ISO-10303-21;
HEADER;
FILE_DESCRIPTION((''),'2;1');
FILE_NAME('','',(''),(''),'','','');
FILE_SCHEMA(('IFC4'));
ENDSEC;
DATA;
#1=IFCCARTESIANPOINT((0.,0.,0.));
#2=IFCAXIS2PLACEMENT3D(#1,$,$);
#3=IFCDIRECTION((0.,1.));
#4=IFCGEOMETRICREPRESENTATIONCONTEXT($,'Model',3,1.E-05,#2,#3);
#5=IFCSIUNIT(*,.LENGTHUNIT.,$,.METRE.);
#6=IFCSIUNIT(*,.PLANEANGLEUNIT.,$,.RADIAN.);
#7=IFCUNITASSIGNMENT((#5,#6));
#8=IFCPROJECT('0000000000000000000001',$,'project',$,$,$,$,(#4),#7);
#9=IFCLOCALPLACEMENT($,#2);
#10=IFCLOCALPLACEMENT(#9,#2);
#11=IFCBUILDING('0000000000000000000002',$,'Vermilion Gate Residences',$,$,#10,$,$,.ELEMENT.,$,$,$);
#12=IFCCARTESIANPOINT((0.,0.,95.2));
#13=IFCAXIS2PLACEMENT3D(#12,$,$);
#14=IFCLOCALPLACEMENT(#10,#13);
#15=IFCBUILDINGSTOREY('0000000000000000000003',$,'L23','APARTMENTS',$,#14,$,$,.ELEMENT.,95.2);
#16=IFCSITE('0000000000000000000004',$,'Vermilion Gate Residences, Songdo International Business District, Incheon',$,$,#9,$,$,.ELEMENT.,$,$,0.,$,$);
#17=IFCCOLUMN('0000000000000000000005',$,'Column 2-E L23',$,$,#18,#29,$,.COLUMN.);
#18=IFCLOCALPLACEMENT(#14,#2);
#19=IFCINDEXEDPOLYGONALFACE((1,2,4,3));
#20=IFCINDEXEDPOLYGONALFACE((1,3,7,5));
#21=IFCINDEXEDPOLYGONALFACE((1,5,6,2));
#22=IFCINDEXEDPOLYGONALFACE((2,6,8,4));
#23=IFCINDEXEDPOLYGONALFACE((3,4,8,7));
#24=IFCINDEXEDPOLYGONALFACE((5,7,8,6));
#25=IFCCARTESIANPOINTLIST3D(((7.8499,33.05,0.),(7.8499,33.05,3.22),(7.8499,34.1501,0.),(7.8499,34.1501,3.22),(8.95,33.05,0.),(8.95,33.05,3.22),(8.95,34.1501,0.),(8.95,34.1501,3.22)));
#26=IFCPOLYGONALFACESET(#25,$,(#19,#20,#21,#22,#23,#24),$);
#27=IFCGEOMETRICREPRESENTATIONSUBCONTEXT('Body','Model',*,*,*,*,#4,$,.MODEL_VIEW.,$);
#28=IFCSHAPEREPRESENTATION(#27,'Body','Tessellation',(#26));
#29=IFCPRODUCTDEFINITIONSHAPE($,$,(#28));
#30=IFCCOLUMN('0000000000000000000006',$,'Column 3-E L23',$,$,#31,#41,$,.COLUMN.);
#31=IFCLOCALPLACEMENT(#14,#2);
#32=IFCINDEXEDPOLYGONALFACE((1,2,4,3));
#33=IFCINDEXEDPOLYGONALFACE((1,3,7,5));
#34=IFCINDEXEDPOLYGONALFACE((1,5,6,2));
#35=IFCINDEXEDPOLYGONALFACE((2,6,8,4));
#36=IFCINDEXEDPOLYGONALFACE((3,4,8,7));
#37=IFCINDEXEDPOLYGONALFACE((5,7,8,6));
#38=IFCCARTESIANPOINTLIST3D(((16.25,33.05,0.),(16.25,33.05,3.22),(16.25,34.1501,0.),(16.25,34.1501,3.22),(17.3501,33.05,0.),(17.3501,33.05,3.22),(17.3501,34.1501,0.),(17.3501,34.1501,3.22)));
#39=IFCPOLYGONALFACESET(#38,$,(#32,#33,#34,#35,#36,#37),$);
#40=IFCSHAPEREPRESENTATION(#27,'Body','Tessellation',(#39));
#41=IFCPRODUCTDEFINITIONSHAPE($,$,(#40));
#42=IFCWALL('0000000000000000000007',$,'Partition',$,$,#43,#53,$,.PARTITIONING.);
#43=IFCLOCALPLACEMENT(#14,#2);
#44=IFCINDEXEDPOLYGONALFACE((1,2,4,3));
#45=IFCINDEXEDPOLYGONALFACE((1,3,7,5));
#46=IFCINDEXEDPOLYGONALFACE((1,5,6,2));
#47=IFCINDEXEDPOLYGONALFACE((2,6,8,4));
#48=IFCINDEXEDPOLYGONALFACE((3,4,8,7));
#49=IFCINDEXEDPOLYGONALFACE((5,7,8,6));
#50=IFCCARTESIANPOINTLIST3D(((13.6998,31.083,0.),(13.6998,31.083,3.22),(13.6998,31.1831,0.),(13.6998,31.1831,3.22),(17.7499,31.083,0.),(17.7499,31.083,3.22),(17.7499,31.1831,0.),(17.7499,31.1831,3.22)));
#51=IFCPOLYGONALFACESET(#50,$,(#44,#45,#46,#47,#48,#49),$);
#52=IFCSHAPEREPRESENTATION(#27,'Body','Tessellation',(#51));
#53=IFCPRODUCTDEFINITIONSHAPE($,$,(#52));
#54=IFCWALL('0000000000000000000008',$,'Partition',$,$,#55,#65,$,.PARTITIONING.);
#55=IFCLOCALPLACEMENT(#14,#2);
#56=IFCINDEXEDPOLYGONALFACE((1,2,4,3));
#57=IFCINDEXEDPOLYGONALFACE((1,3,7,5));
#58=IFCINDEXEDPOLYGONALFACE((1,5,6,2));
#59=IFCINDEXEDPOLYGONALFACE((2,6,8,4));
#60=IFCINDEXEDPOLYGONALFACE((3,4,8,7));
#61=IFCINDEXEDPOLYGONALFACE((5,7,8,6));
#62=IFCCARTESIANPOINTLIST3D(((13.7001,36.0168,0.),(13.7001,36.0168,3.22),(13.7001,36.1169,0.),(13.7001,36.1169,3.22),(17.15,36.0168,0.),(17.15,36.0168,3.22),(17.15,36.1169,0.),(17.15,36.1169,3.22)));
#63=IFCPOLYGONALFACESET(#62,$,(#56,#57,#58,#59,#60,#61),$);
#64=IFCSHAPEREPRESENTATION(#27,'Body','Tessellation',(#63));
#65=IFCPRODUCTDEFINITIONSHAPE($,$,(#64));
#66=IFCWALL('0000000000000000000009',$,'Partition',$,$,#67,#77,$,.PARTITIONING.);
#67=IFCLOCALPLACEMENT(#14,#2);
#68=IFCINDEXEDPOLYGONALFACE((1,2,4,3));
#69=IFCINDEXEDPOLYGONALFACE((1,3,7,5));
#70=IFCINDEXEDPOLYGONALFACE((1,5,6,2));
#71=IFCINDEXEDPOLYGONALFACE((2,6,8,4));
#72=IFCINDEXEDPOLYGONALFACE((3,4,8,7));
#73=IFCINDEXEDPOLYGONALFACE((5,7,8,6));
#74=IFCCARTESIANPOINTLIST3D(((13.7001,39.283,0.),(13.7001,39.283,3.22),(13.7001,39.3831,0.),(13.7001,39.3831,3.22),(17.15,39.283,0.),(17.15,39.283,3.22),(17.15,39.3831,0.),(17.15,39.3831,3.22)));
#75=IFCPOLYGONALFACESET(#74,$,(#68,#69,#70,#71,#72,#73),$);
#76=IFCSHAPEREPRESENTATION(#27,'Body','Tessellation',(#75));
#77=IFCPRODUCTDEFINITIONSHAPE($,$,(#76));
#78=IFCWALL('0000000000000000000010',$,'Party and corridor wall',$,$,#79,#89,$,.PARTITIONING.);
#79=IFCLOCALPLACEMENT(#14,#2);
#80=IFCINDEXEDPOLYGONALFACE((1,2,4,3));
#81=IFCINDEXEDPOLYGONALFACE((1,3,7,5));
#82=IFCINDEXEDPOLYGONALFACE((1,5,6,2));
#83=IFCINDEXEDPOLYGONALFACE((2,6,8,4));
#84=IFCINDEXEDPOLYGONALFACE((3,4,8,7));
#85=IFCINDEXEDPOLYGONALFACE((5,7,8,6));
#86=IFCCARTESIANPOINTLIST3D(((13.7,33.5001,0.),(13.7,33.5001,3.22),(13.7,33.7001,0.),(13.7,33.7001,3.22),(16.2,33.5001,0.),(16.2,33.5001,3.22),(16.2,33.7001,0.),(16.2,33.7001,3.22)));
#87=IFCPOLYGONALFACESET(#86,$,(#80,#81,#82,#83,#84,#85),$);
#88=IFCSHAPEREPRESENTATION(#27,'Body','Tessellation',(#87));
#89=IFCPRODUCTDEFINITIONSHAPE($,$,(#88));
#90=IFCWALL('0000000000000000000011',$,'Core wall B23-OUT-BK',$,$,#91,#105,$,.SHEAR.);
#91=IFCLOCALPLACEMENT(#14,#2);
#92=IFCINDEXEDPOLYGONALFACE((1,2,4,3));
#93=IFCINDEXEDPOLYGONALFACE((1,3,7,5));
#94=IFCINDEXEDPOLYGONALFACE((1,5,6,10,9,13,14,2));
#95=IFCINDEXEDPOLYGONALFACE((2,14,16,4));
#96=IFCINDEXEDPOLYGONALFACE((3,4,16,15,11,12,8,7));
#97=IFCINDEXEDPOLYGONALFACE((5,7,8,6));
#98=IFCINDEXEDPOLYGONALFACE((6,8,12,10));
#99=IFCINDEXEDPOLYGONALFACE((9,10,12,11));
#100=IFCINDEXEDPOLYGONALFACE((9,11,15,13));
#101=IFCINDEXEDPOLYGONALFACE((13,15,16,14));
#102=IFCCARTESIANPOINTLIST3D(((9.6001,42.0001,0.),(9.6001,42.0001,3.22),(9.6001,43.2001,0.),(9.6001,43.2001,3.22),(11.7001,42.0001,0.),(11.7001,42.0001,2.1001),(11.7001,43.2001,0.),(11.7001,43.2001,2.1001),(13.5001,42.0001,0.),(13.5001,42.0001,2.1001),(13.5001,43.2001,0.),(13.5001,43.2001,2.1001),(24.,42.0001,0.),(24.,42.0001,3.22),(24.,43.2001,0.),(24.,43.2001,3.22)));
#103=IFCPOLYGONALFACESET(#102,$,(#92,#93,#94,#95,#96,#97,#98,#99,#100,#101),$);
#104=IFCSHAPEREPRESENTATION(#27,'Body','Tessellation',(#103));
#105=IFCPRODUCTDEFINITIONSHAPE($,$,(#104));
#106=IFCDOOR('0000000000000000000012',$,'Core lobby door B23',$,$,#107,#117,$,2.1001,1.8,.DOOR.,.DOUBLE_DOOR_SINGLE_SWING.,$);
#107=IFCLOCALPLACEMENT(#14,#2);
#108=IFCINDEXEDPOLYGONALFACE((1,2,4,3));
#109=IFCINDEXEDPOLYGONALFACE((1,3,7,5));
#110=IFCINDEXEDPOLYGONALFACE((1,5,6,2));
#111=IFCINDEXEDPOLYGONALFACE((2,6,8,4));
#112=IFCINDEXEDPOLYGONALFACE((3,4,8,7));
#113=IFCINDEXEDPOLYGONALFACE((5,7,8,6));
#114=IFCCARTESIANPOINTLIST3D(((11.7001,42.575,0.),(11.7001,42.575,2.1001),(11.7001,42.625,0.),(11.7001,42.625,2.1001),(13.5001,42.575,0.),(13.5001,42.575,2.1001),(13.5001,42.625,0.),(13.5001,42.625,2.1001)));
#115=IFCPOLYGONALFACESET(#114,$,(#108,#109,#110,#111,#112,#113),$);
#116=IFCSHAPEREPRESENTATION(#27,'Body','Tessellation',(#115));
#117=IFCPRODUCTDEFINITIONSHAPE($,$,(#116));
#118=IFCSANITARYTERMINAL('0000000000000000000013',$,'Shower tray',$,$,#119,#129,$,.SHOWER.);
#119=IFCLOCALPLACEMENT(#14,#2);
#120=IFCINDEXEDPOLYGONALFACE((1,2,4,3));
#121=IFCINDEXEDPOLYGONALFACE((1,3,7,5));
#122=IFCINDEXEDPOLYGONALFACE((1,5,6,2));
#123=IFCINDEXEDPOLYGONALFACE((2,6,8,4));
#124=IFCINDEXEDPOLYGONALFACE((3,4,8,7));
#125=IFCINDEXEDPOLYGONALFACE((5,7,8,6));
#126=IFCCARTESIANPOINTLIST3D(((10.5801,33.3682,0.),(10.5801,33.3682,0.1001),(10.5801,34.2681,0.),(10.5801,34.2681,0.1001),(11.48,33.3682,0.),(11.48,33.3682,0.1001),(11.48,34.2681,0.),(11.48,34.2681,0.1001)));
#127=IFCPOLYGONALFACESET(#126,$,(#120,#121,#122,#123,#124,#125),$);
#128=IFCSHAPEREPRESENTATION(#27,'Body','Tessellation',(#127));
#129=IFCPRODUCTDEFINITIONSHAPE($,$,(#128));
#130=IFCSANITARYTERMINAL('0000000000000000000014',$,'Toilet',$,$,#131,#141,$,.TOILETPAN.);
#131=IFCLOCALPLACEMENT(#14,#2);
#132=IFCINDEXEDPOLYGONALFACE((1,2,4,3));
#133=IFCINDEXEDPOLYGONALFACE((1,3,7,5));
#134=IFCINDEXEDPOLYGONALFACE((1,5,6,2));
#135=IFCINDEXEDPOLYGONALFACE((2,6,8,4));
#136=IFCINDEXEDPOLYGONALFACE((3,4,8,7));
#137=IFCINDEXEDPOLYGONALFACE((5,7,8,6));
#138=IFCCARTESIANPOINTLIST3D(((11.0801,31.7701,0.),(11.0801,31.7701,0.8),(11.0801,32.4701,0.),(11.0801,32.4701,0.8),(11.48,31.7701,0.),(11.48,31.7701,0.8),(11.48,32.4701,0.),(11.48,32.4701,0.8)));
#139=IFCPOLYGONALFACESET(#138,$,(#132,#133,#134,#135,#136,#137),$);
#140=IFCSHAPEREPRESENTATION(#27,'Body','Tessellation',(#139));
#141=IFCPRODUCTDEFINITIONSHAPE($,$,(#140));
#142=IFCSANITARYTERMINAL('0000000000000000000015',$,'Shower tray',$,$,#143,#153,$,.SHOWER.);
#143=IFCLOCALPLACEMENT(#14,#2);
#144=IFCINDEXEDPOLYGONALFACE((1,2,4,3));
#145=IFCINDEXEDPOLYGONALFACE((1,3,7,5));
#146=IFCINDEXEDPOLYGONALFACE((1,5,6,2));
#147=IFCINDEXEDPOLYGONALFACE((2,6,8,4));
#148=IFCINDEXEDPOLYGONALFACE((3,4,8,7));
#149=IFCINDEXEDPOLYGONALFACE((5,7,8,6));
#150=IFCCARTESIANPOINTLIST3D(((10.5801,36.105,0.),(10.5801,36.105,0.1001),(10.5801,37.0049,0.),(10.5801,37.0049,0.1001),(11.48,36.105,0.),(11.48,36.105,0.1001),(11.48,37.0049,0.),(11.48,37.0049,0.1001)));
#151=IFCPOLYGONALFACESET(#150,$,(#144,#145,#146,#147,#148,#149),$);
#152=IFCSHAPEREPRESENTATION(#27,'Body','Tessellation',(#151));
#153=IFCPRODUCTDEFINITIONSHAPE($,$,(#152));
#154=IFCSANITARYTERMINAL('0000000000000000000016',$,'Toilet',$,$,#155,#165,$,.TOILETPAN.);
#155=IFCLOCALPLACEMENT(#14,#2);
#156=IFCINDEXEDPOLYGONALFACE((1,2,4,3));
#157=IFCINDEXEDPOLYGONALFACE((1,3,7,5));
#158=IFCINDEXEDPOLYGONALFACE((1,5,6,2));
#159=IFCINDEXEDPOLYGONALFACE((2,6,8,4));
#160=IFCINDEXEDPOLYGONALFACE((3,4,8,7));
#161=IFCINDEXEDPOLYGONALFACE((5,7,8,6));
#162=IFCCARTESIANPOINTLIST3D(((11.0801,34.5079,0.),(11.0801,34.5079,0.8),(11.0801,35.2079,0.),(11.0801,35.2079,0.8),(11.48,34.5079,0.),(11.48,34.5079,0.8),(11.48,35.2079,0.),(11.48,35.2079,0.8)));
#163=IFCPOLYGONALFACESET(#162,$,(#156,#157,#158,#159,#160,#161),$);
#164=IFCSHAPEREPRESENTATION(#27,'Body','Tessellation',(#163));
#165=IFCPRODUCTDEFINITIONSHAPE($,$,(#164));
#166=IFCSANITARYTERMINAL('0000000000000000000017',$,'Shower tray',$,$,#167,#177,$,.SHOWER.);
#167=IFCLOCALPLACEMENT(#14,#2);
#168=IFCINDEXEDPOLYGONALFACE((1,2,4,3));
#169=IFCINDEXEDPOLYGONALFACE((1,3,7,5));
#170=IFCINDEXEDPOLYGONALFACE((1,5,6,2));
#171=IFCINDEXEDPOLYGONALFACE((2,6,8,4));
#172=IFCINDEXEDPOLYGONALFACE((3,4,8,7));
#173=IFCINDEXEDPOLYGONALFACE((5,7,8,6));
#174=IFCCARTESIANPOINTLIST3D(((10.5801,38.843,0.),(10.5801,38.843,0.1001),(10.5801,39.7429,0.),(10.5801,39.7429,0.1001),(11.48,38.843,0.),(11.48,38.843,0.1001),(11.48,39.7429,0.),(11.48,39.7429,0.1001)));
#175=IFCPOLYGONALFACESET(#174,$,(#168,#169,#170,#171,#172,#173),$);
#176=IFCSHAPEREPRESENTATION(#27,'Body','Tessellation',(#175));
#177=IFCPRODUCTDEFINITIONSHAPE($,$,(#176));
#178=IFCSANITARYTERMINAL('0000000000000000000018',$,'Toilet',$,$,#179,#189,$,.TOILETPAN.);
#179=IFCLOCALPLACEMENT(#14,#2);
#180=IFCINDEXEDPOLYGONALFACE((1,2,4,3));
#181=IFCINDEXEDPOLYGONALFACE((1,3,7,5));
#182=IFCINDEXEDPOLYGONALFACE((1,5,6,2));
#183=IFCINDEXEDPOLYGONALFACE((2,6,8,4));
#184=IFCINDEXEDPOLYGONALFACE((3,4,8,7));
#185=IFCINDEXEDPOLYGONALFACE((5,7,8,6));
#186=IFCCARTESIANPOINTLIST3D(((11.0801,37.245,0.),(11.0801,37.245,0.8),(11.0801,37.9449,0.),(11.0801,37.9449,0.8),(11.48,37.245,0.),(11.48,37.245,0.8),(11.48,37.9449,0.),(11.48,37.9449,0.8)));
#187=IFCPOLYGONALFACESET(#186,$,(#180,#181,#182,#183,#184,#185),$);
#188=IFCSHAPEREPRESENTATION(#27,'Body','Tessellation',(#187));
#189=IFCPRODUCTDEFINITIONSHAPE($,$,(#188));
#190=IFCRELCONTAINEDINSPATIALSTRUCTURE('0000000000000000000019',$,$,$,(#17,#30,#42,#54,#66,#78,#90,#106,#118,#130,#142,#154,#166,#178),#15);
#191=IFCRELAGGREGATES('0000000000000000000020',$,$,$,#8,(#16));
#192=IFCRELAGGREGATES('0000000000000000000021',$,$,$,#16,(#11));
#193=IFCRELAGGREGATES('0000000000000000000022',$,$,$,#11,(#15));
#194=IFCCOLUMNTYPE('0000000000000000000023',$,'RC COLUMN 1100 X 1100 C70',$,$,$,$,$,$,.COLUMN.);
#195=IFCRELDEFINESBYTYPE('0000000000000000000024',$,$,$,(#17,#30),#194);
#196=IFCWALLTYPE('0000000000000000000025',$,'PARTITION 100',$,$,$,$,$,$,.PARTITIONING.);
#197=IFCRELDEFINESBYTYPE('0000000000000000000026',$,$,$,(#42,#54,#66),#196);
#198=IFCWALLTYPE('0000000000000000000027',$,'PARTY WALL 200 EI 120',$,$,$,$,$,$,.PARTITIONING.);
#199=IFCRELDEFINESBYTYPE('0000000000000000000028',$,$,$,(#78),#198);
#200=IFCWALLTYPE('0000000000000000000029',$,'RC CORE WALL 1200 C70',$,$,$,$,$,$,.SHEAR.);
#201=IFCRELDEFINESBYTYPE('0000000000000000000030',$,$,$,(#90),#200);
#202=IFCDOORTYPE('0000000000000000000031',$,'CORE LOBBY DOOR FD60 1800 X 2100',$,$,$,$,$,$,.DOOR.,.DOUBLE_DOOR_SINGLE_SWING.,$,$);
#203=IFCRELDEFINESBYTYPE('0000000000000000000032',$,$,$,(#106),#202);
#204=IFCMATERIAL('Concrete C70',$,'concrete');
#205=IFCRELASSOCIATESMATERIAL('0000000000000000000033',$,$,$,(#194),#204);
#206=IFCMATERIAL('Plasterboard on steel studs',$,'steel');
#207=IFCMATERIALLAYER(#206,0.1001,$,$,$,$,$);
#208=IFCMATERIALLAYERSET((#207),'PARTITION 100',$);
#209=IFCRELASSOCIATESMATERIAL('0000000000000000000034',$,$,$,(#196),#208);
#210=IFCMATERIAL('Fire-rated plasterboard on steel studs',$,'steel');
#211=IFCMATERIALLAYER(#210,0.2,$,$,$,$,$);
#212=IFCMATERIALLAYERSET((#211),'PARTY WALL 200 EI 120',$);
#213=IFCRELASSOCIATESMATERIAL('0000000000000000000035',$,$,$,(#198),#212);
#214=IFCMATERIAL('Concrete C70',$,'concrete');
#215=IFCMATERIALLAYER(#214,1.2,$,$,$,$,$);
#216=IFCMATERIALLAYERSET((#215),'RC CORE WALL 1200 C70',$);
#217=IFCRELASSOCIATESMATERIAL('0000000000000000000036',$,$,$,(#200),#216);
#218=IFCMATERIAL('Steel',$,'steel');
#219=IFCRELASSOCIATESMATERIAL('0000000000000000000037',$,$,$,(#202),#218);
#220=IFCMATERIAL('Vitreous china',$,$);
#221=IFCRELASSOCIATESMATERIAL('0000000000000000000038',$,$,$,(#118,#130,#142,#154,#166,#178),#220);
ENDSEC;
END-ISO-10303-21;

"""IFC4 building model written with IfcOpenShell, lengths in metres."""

from ifc_helpers import new_model, si_unit, direction, frame, frame_2d, origin, origin_2d, place, context, subcontext, project, spatial, rectangle, extrude, material, layer, layer_set, material_profile, profile_set, type_object, element, fill, save


model = new_model("IFC4")

# Units and contexts
model_context = context("Model", 3, precision=1e-05, world=origin(), true_north=direction((0.0, 1.0)))
body_context = subcontext(model_context, "Body", "Model", "MODEL_VIEW")
ifc_project = project(units=[si_unit("LENGTHUNIT", "METRE"), si_unit("PLANEANGLEUNIT", "RADIAN")], contexts=[model_context])

# Site, building, storey
site_placement = place(None, origin())
site = spatial("IfcSite", under=ifc_project, at=site_placement, Name="Vermilion Gate Residences, Songdo International Business District, Incheon", CompositionType="ELEMENT", RefElevation=0.0)
building_placement = place(site_placement, origin())
building = spatial("IfcBuilding", under=site, at=building_placement, Name="Vermilion Gate Residences", CompositionType="ELEMENT")
storey_placement = place(building_placement, frame((0.0, 0.0, 95.2)))
storey = spatial("IfcBuildingStorey", under=building, at=storey_placement, Name="L23", Description="APARTMENTS", CompositionType="ELEMENT", Elevation=95.2)

# Columns
ifc_material_1 = material(Name="Concrete C70", Category="concrete")
ifc_material_profile = material_profile(ifc_material_1, rectangle(XDim=1.1001, YDim=1.1001, at=origin_2d()), Name="RC-1100x1100")
ifc_profile_set = profile_set([ifc_material_profile], Name="Concrete C70")
column_type = type_object("IfcColumnType", Name="RC COLUMN 1100 X 1100 C70", PredefinedType="COLUMN", material=ifc_profile_set)
for number, where, z_axis, x_axis, name in (
    (1, (8.3999, 33.6001, 0.0), (0.0, 0.0, 1.0), (1.0, 0.0, 0.0), "Column 2-E L23"),
    (2, (16.8, 33.6001, 0.0), (0.0, 0.0, 1.0), (1.0, 0.0, 0.0), "Column 3-E L23"),
):
    element("IfcColumn", number, at=place(storey_placement, frame(where, z_axis=z_axis, x_axis=x_axis)), inside=storey, type_object=column_type, Name=name, PredefinedType="COLUMN", context=body_context, shape_type="SweptSolid", body=[
        extrude(rectangle(XDim=1.1001, YDim=1.1001, at=origin_2d()), origin(), (0.0, 0.0, 1.0), 3.22),
    ])

# Walls
ifc_material_2 = material(Name="Plasterboard on steel studs", Category="steel")
ifc_layer_1 = layer(ifc_material_2, 0.1001)
ifc_layer_set_1 = layer_set([ifc_layer_1], Name="PARTITION 100")
wall_type_1 = type_object("IfcWallType", Name="PARTITION 100", PredefinedType="PARTITIONING", material=ifc_layer_set_1)
wall_1_placement = place(storey_placement, frame((13.7, 31.1331, 0.0), z_axis=(0.0, 0.0, 1.0), x_axis=(1.0, 0.0, 0.0)))
element("IfcWall", 3, at=wall_1_placement, inside=storey, type_object=wall_type_1, Name="Partition", PredefinedType="PARTITIONING", context=body_context, shape_type="SweptSolid", body=[
    extrude(rectangle(XDim=4.05, YDim=0.1001, at=frame_2d((2.0249, 0.0))), origin(), (0.0, 0.0, 1.0), 3.22),
])
for number, where, z_axis, x_axis, name in (
    (4, (13.7, 36.0669, 0.0), (0.0, 0.0, 1.0), (1.0, 0.0, 0.0), "Partition"),
    (5, (13.7, 39.333, 0.0), (0.0, 0.0, 1.0), (1.0, 0.0, 0.0), "Partition"),
):
    element("IfcWall", number, at=place(storey_placement, frame(where, z_axis=z_axis, x_axis=x_axis)), inside=storey, type_object=wall_type_1, Name=name, PredefinedType="PARTITIONING", context=body_context, shape_type="SweptSolid", body=[
        extrude(rectangle(XDim=3.45, YDim=0.1001, at=frame_2d((1.7251, 0.0))), origin(), (0.0, 0.0, 1.0), 3.22),
    ])
ifc_material_3 = material(Name="Fire-rated plasterboard on steel studs", Category="steel")
ifc_layer_2 = layer(ifc_material_3, 0.2)
ifc_layer_set_2 = layer_set([ifc_layer_2], Name="PARTY WALL 200 EI 120")
wall_type_2 = type_object("IfcWallType", Name="PARTY WALL 200 EI 120", PredefinedType="PARTITIONING", material=ifc_layer_set_2)
wall_2_placement = place(storey_placement, frame((13.7, 33.6001, 0.0), z_axis=(0.0, 0.0, 1.0), x_axis=(1.0, 0.0, 0.0)))
element("IfcWall", 6, at=wall_2_placement, inside=storey, type_object=wall_type_2, Name="Party and corridor wall", PredefinedType="PARTITIONING", context=body_context, shape_type="SweptSolid", body=[
    extrude(rectangle(XDim=2.5, YDim=0.2, at=frame_2d((1.25, 0.0))), origin(), (0.0, 0.0, 1.0), 3.22),
])

# Wall, opening, door
ifc_material_4 = material(Name="Concrete C70", Category="concrete")
ifc_layer_3 = layer(ifc_material_4, 1.2)
ifc_layer_set_3 = layer_set([ifc_layer_3], Name="RC CORE WALL 1200 C70")
wall_type_3 = type_object("IfcWallType", Name="RC CORE WALL 1200 C70", PredefinedType="SHEAR", material=ifc_layer_set_3)
wall_3_placement = place(storey_placement, frame((9.6001, 42.6001, 0.0), z_axis=(0.0, 0.0, 1.0), x_axis=(1.0, 0.0, 0.0)))
wall_3 = element("IfcWall", 7, at=wall_3_placement, inside=storey, type_object=wall_type_3, Name="Core wall B23-OUT-BK", PredefinedType="SHEAR", context=body_context, shape_type="SweptSolid", body=[
    extrude(rectangle(XDim=14.3999, YDim=1.2, at=frame_2d((7.2, 0.0))), origin(), (0.0, 0.0, 1.0), 3.22),
])
opening_placement = place(wall_3_placement, frame((2.1001, 0.0, 0.0)))
opening = element("IfcOpeningElement", 8, at=opening_placement, cuts=wall_3, PredefinedType="OPENING", context=body_context, shape_type="SweptSolid", body=[
    extrude(rectangle(XDim=1.8, YDim=2.1001, at=frame_2d((0.8999, 1.05))), frame((0.0, 0.6099, 0.0), z_axis=(0.0, -1.0, 0.0), x_axis=(1.0, 0.0, 0.0)), (0.0, 0.0, 1.0), 1.22),
])
ifc_material_5 = material(Name="Steel", Category="steel")
door_type = type_object("IfcDoorType", Name="CORE LOBBY DOOR FD60 1800 X 2100", OperationType="DOUBLE_DOOR_SINGLE_SWING", PredefinedType="DOOR", material=ifc_material_5)
door_placement = place(opening_placement, origin())
door = element("IfcDoor", 9, at=door_placement, inside=storey, type_object=door_type, Name="Core lobby door B23", OperationType="DOUBLE_DOOR_SINGLE_SWING", OverallHeight=2.1001, OverallWidth=1.8, PredefinedType="DOOR", context=body_context, shape_type="SweptSolid", body=[
    extrude(rectangle(XDim=1.8, YDim=2.1001, at=frame_2d((0.8999, 1.05))), frame((0.0, 0.0249, 0.0), z_axis=(0.0, -1.0, 0.0), x_axis=(1.0, 0.0, 0.0)), (0.0, 0.0, 1.0), 0.05),
])
fill(opening, door)

# Sanitary terminals
ifc_material_6 = material(Name="Vitreous china")
sanitary_terminal_1_placement = place(storey_placement, frame((11.03, 33.8181, 0.0), z_axis=(0.0, 0.0, 1.0), x_axis=(1.0, 0.0, 0.0)))
element("IfcSanitaryTerminal", 10, at=sanitary_terminal_1_placement, inside=storey, material=ifc_material_6, Name="Shower tray", PredefinedType="SHOWER", context=body_context, shape_type="SweptSolid", body=[
    extrude(rectangle(XDim=0.8999, YDim=0.8999, at=origin_2d()), origin(), (0.0, 0.0, 1.0), 0.1001),
])
sanitary_terminal_2_placement = place(storey_placement, frame((11.28, 32.1201, 0.0), z_axis=(0.0, 0.0, 1.0), x_axis=(1.0, 0.0, 0.0)))
element("IfcSanitaryTerminal", 11, at=sanitary_terminal_2_placement, inside=storey, material=ifc_material_6, Name="Toilet", PredefinedType="TOILETPAN", context=body_context, shape_type="SweptSolid", body=[
    extrude(rectangle(XDim=0.3999, YDim=0.7, at=origin_2d()), origin(), (0.0, 0.0, 1.0), 0.8),
])
sanitary_terminal_3_placement = place(storey_placement, frame((11.03, 36.5549, 0.0), z_axis=(0.0, 0.0, 1.0), x_axis=(1.0, 0.0, 0.0)))
element("IfcSanitaryTerminal", 12, at=sanitary_terminal_3_placement, inside=storey, material=ifc_material_6, Name="Shower tray", PredefinedType="SHOWER", context=body_context, shape_type="SweptSolid", body=[
    extrude(rectangle(XDim=0.8999, YDim=0.8999, at=origin_2d()), origin(), (0.0, 0.0, 1.0), 0.1001),
])
sanitary_terminal_4_placement = place(storey_placement, frame((11.28, 34.8579, 0.0), z_axis=(0.0, 0.0, 1.0), x_axis=(1.0, 0.0, 0.0)))
element("IfcSanitaryTerminal", 13, at=sanitary_terminal_4_placement, inside=storey, material=ifc_material_6, Name="Toilet", PredefinedType="TOILETPAN", context=body_context, shape_type="SweptSolid", body=[
    extrude(rectangle(XDim=0.3999, YDim=0.7, at=origin_2d()), origin(), (0.0, 0.0, 1.0), 0.8),
])
sanitary_terminal_5_placement = place(storey_placement, frame((11.03, 39.293, 0.0), z_axis=(0.0, 0.0, 1.0), x_axis=(1.0, 0.0, 0.0)))
element("IfcSanitaryTerminal", 14, at=sanitary_terminal_5_placement, inside=storey, material=ifc_material_6, Name="Shower tray", PredefinedType="SHOWER", context=body_context, shape_type="SweptSolid", body=[
    extrude(rectangle(XDim=0.8999, YDim=0.8999, at=origin_2d()), origin(), (0.0, 0.0, 1.0), 0.1001),
])
for number, where, z_axis, x_axis, name in (
    (15, (11.28, 37.595, 0.0), (0.0, 0.0, 1.0), (1.0, 0.0, 0.0), "Toilet"),
):
    element("IfcSanitaryTerminal", number, at=place(storey_placement, frame(where, z_axis=z_axis, x_axis=x_axis)), inside=storey, material=ifc_material_6, Name=name, PredefinedType="TOILETPAN", context=body_context, shape_type="SweptSolid", body=[
        extrude(rectangle(XDim=0.3999, YDim=0.7, at=origin_2d()), origin(), (0.0, 0.0, 1.0), 0.8),
    ])

save(model, "model.ifc")
